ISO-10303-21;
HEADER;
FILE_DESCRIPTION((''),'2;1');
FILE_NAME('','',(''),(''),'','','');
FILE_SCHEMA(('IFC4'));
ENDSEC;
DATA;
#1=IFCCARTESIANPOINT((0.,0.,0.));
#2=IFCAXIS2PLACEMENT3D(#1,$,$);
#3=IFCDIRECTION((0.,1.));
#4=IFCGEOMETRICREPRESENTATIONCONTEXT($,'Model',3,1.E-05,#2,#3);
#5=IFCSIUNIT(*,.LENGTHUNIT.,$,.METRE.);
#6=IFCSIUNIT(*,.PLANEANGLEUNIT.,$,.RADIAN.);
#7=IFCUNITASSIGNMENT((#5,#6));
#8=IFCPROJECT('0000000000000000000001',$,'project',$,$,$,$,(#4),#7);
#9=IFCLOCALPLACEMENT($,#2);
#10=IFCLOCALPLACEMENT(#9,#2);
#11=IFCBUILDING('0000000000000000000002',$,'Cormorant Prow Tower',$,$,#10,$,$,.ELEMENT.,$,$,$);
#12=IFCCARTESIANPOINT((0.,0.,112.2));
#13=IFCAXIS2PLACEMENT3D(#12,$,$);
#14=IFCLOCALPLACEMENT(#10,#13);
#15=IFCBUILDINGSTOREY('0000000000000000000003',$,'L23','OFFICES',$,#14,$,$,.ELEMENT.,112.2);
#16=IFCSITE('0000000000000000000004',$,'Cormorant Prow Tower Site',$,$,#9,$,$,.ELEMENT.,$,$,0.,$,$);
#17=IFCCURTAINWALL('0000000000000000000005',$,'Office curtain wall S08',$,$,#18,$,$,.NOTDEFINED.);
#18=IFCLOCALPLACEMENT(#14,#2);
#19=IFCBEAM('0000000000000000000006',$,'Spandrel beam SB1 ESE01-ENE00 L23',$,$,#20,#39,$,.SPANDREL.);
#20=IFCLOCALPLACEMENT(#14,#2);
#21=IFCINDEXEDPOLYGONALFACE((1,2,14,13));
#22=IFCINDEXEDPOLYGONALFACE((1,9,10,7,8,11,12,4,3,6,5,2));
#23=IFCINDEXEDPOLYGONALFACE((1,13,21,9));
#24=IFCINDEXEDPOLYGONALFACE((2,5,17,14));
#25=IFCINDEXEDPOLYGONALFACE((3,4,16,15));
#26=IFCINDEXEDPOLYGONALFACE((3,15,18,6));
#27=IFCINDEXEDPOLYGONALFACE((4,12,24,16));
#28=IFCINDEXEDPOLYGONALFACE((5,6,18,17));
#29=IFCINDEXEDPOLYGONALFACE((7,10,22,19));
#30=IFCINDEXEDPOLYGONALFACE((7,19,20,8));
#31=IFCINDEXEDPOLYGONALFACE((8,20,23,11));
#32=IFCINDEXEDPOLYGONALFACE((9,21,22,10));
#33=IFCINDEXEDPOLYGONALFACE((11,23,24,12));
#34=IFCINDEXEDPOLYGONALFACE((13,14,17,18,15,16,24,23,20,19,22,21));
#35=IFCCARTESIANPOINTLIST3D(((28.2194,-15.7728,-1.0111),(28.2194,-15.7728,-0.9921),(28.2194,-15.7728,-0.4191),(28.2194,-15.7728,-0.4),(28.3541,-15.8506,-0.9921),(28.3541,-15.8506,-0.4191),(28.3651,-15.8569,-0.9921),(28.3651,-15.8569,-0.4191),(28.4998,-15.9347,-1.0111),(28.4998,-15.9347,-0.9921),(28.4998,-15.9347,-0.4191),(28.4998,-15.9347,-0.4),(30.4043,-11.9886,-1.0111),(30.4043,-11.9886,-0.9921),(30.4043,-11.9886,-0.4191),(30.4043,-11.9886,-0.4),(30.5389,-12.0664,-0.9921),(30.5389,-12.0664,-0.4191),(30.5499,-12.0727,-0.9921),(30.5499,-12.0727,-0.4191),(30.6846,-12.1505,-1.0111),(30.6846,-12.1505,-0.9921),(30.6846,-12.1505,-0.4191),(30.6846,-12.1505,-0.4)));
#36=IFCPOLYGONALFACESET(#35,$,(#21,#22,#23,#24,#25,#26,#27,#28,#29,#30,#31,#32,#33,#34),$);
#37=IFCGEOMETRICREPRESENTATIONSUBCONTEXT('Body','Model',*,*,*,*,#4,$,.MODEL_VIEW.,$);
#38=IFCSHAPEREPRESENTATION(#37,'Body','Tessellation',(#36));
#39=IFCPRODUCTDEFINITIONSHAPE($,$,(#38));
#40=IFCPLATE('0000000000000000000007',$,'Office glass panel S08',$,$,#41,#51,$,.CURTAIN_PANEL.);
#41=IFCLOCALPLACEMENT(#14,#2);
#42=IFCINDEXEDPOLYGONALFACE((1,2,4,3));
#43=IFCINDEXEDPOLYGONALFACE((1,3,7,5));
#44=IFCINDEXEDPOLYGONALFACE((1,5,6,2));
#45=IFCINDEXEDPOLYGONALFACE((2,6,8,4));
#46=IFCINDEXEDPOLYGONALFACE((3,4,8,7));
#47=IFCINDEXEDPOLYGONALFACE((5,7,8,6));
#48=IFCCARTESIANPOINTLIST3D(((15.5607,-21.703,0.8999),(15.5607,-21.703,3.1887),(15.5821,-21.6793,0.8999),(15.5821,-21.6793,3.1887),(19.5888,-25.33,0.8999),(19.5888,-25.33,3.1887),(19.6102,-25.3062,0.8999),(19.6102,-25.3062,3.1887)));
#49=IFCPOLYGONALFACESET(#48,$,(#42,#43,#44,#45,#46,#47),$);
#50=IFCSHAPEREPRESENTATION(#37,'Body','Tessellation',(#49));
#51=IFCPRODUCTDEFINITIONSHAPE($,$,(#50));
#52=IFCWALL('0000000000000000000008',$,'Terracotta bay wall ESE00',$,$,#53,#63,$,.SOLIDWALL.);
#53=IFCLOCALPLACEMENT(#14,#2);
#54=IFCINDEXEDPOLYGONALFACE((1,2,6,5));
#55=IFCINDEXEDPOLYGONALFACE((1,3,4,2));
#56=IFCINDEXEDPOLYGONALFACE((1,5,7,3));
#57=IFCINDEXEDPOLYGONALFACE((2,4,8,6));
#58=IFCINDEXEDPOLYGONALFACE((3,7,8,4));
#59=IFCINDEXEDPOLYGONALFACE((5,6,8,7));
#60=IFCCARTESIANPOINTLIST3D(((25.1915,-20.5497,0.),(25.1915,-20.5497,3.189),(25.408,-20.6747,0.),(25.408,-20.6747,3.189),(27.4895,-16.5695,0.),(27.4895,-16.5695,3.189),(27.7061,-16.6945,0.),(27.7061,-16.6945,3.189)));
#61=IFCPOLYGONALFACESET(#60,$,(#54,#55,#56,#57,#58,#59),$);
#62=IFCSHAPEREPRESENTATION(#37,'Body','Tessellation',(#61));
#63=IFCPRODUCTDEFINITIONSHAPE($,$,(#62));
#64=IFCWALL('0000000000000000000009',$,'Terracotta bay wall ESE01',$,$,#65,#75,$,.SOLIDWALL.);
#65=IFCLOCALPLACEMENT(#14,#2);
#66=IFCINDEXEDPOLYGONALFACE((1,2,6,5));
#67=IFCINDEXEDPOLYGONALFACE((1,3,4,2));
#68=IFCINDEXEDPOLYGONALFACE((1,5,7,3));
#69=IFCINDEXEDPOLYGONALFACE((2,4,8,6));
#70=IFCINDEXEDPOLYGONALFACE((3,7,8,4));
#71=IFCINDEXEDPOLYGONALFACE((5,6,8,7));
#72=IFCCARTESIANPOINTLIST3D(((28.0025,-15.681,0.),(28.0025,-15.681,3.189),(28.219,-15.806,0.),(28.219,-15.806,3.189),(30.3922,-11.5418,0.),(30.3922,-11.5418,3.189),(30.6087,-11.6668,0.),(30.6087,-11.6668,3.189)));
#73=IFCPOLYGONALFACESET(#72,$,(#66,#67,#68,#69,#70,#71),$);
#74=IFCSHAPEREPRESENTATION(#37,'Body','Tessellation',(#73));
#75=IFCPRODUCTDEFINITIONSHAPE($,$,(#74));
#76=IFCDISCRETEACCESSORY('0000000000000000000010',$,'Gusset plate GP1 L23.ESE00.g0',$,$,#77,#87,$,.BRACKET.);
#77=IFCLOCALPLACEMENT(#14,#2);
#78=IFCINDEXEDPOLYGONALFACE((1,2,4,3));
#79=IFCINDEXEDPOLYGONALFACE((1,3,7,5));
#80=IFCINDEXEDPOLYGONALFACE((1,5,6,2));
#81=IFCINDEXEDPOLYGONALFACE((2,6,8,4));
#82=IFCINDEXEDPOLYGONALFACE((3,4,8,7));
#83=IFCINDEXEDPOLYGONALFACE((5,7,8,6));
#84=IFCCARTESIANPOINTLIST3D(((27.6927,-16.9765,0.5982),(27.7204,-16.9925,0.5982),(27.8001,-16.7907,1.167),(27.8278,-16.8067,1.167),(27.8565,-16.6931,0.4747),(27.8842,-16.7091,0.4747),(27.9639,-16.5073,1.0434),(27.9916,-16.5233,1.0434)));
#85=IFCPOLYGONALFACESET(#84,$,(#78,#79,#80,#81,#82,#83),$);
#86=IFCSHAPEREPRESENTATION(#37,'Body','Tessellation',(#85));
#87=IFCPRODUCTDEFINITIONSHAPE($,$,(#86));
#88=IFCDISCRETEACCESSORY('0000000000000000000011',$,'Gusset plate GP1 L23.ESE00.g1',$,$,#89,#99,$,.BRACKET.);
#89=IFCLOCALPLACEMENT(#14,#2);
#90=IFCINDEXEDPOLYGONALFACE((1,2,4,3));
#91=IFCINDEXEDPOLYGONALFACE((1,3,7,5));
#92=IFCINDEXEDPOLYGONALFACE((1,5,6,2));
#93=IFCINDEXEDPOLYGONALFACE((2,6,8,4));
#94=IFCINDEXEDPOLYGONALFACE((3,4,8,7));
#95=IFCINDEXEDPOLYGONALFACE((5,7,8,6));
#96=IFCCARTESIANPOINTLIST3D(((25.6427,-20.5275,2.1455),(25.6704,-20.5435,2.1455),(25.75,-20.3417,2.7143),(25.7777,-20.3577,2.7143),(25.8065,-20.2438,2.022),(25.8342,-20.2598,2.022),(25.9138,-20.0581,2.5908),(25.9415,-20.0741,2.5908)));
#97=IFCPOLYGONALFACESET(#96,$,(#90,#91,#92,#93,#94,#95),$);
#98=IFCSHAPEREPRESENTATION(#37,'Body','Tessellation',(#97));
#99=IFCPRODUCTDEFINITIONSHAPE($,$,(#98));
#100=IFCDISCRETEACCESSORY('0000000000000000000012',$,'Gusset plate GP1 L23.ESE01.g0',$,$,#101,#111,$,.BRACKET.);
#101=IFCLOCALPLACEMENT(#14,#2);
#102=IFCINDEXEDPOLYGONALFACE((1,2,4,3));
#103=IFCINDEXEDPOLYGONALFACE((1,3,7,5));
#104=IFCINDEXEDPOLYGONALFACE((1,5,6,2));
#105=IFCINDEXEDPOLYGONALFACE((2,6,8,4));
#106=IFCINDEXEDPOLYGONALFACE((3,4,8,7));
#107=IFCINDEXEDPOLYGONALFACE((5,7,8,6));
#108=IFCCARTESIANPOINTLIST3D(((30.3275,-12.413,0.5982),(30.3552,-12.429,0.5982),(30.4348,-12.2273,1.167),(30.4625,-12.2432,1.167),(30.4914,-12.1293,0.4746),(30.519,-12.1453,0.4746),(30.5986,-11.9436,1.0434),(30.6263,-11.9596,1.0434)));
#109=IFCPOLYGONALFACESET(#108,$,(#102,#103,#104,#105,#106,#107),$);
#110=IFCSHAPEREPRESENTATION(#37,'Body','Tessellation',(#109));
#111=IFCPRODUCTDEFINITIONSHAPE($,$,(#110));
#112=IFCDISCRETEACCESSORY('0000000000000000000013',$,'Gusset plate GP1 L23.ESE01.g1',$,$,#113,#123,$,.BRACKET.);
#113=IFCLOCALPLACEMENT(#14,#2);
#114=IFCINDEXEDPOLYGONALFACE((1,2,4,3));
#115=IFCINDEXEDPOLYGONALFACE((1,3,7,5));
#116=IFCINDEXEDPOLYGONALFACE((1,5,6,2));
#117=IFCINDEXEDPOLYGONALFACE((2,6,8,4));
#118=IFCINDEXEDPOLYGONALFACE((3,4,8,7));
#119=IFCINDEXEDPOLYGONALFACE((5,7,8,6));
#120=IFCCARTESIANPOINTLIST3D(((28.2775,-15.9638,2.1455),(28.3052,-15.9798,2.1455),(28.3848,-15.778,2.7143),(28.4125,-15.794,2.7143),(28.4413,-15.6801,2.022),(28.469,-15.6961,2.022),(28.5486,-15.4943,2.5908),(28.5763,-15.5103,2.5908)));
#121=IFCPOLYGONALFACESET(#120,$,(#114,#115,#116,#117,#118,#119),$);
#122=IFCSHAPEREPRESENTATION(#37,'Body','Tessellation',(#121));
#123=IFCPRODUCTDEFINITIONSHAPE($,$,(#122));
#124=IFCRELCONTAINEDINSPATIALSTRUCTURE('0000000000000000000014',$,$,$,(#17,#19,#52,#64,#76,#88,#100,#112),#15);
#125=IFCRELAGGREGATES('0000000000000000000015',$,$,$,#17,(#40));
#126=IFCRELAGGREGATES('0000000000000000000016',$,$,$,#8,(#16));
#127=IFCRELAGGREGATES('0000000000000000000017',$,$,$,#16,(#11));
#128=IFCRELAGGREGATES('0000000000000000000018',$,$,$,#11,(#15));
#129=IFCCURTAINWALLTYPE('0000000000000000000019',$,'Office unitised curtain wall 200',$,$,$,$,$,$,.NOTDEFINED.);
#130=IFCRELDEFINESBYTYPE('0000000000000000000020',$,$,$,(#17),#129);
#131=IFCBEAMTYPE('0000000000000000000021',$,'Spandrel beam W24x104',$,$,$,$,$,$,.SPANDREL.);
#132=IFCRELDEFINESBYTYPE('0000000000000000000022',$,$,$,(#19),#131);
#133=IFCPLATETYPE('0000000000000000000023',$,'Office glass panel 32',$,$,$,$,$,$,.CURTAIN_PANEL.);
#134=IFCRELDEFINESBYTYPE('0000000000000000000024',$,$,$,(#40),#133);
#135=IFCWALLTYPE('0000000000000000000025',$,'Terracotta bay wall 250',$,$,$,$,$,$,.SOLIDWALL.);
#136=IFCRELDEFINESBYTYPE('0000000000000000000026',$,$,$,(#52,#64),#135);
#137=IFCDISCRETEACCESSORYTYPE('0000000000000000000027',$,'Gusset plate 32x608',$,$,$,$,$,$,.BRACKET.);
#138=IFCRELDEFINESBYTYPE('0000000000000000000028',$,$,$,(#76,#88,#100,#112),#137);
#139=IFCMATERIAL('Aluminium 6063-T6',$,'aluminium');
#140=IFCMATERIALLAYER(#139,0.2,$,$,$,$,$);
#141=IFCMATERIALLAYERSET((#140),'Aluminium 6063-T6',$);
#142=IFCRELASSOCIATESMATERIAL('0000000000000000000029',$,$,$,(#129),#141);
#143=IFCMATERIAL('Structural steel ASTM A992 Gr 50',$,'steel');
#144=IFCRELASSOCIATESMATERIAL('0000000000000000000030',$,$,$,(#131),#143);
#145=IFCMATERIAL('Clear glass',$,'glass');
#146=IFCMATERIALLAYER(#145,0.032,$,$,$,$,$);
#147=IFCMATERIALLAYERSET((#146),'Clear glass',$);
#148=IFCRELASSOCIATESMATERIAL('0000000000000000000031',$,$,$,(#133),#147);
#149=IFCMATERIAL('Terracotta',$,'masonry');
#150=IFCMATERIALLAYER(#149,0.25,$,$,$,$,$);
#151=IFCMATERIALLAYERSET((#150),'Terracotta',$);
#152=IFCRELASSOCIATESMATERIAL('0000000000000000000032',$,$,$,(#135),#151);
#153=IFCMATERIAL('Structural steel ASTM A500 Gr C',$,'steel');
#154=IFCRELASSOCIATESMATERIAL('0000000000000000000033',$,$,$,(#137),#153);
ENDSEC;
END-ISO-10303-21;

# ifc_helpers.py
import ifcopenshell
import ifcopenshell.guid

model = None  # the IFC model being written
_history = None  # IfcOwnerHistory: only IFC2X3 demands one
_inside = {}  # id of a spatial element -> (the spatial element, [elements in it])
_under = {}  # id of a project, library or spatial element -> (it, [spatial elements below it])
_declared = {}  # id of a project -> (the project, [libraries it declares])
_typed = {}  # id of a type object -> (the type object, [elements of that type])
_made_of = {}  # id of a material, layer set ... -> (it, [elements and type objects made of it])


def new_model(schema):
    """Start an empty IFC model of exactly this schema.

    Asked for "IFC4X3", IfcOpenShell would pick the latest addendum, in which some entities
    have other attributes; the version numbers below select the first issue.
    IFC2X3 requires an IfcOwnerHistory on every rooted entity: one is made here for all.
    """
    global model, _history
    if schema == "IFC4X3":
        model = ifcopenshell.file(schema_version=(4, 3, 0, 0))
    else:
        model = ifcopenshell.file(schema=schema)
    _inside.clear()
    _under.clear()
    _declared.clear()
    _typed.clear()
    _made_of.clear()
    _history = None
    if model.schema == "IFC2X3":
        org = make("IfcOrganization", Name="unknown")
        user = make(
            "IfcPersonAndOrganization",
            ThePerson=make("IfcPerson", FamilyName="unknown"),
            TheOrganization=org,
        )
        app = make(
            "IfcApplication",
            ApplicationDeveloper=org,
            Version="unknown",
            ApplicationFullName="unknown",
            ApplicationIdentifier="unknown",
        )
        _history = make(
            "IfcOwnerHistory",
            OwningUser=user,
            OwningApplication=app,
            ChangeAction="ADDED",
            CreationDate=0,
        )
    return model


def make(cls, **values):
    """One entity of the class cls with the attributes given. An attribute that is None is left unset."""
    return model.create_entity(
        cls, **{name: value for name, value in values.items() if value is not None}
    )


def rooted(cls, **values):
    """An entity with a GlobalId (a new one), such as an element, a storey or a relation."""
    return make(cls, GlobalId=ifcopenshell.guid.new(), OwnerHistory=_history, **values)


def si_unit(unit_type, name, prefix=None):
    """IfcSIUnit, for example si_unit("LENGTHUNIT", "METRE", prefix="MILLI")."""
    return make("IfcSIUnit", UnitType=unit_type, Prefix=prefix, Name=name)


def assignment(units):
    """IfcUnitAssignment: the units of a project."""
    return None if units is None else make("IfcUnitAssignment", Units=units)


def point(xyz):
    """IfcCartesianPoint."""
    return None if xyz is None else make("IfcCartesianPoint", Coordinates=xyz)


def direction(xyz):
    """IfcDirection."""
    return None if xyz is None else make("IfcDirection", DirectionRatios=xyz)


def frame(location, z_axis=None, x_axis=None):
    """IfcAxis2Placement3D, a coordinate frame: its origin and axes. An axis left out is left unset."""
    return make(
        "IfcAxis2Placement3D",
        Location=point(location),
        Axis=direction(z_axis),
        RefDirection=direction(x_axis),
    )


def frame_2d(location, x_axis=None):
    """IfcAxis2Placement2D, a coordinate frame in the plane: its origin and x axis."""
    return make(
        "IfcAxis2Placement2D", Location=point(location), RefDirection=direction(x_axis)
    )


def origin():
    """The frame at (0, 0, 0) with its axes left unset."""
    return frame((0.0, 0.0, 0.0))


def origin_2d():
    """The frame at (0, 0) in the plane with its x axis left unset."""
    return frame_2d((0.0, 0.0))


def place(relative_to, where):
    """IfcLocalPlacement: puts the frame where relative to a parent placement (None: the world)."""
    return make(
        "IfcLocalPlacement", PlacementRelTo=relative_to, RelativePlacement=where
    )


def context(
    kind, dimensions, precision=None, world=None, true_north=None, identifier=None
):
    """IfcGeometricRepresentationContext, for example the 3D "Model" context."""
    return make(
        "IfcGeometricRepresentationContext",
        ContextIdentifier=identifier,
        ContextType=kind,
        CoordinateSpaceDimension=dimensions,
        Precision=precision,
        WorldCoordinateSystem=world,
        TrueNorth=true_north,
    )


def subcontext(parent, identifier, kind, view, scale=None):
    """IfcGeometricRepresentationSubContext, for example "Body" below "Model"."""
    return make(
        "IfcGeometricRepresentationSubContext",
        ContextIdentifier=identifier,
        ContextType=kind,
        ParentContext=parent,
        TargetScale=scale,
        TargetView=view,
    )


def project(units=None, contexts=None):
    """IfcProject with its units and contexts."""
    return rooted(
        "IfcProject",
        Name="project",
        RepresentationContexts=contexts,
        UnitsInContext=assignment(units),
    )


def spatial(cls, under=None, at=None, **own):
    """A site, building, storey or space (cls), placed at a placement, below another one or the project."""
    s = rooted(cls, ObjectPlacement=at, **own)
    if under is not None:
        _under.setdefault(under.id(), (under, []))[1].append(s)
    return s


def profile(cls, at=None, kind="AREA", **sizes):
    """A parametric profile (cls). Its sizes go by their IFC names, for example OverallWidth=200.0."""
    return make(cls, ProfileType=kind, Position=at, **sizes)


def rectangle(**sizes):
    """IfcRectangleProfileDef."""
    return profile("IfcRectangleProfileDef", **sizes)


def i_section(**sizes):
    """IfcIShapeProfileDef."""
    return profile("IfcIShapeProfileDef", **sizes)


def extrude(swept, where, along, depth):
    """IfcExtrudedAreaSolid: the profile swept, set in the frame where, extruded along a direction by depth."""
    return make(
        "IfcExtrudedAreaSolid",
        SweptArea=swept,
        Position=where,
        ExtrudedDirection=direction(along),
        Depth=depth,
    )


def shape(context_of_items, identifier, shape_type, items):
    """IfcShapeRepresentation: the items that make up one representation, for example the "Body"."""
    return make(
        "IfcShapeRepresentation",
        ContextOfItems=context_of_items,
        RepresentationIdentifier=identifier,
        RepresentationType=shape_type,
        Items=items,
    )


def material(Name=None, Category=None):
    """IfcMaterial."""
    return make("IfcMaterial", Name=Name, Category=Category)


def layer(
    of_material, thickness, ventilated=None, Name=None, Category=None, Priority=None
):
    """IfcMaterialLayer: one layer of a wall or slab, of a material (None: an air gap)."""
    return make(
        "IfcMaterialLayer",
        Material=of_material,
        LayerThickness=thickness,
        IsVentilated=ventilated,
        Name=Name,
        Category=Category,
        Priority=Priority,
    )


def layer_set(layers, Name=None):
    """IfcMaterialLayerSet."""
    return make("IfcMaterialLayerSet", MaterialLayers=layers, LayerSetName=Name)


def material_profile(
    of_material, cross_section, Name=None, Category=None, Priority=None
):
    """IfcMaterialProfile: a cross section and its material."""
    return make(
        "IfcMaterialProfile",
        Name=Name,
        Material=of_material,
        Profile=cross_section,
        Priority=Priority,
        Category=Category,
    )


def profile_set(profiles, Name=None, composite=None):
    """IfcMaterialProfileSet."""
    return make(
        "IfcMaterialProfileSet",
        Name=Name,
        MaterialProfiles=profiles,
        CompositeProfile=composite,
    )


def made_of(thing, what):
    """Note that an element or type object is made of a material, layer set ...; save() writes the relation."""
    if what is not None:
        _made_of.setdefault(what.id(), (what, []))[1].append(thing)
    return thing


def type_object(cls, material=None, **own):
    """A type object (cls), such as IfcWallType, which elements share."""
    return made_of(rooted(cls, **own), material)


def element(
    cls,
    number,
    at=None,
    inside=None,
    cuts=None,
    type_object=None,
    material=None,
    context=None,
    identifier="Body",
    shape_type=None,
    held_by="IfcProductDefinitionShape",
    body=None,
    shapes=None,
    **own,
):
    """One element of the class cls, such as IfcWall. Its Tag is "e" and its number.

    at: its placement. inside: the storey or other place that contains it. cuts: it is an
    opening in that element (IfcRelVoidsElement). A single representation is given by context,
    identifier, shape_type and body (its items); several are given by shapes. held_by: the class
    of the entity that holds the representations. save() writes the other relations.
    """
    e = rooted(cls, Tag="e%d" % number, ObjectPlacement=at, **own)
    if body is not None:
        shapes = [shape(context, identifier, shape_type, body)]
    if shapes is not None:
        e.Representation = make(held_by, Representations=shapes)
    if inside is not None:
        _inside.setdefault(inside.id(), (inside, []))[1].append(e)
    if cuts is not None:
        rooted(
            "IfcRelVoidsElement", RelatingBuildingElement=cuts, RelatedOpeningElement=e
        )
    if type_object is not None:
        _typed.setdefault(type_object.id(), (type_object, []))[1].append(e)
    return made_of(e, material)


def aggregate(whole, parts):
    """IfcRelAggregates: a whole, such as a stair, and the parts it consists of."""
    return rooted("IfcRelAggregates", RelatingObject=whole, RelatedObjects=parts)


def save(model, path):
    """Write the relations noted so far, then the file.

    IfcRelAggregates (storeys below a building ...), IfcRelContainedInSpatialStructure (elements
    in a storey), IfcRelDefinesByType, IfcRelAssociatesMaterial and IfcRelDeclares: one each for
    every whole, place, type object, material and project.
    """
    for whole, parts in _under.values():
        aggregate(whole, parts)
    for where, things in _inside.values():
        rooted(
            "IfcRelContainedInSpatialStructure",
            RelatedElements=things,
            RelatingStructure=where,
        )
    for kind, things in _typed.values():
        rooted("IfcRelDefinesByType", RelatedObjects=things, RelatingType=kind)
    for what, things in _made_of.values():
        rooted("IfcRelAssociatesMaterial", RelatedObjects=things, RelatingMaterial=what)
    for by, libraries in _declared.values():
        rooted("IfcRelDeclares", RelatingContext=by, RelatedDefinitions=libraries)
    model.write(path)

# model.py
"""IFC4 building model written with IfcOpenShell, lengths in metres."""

from ifc_helpers import new_model, si_unit, direction, frame, frame_2d, origin, origin_2d, place, context, subcontext, project, spatial, rectangle, i_section, extrude, material, layer, layer_set, material_profile, profile_set, type_object, element, aggregate, save


model = new_model("IFC4")

# Units and contexts
model_context = context("Model", 3, precision=1e-05, world=origin(), true_north=direction((0.0, 1.0)))
body_context = subcontext(model_context, "Body", "Model", "MODEL_VIEW")
ifc_project = project(units=[si_unit("LENGTHUNIT", "METRE"), si_unit("PLANEANGLEUNIT", "RADIAN")], contexts=[model_context])

# Site, building, storey
site_placement = place(None, origin())
site = spatial("IfcSite", under=ifc_project, at=site_placement, Name="Cormorant Prow Tower Site", CompositionType="ELEMENT", RefElevation=0.0)
building_placement = place(site_placement, origin())
building = spatial("IfcBuilding", under=site, at=building_placement, Name="Cormorant Prow Tower", CompositionType="ELEMENT")
storey_placement = place(building_placement, frame((0.0, 0.0, 112.2)))
storey = spatial("IfcBuildingStorey", under=building, at=storey_placement, Name="L23", Description="OFFICES", CompositionType="ELEMENT", Elevation=112.2)

# Curtain wall
ifc_material_1 = material(Name="Aluminium 6063-T6", Category="aluminium")
ifc_layer_1 = layer(ifc_material_1, 0.2)
ifc_layer_set_1 = layer_set([ifc_layer_1], Name="Aluminium 6063-T6")
curtain_wall_type = type_object("IfcCurtainWallType", Name="Office unitised curtain wall 200", PredefinedType="NOTDEFINED", material=ifc_layer_set_1)
curtain_wall_placement = place(storey_placement, origin())
curtain_wall = element("IfcCurtainWall", 1, at=curtain_wall_placement, inside=storey, type_object=curtain_wall_type, Name="Office curtain wall S08", PredefinedType="NOTDEFINED")

# Beam
ifc_material_2 = material(Name="Structural steel ASTM A992 Gr 50", Category="steel")
ifc_material_profile_1 = material_profile(ifc_material_2, i_section(OverallWidth=0.3237, OverallDepth=0.6111, WebThickness=0.0127, FlangeThickness=0.019, at=origin_2d()), Name="W24x104")
ifc_profile_set_1 = profile_set([ifc_material_profile_1], Name="Structural steel ASTM A992 Gr 50")
beam_type_1 = type_object("IfcBeamType", Name="Spandrel beam W24x104", PredefinedType="SPANDREL", material=ifc_profile_set_1)
for number, where, z_axis, x_axis, name in (
    (2, (28.3596, -15.8538, -0.7056), (0.500003, 0.866024, 0.0), (-0.866024, 0.500003, 0.0), "Spandrel beam SB1 ESE01-ENE00 L23"),
):
    element("IfcBeam", number, at=place(storey_placement, frame(where, z_axis=z_axis, x_axis=x_axis)), inside=storey, type_object=beam_type_1, Name=name, PredefinedType="SPANDREL", context=body_context, shape_type="SweptSolid", body=[
        extrude(i_section(OverallWidth=0.3237, OverallDepth=0.6111, WebThickness=0.0127, FlangeThickness=0.019, at=origin_2d()), origin(), (0.0, 0.0, 1.0), 4.3696),
    ])

# Plate
ifc_material_3 = material(Name="Clear glass", Category="glass")
ifc_layer_2 = layer(ifc_material_3, 0.032)
ifc_layer_set_2 = layer_set([ifc_layer_2], Name="Clear glass")
plate_type = type_object("IfcPlateType", Name="Office glass panel 32", PredefinedType="CURTAIN_PANEL", material=ifc_layer_set_2)
plate_placement = place(storey_placement, frame((17.5854, -23.5046, 0.8999), z_axis=(0.0, 0.0, 1.0), x_axis=(0.743145, -0.669131, 0.0)))
plate = element("IfcPlate", 3, at=plate_placement, type_object=plate_type, Name="Office glass panel S08", PredefinedType="CURTAIN_PANEL", context=body_context, shape_type="SweptSolid", body=[
    extrude(rectangle(XDim=5.4204, YDim=0.032, at=origin_2d()), origin(), (0.0, 0.0, 1.0), 2.2888),
])
aggregate(curtain_wall, [plate])

# Walls
ifc_material_4 = material(Name="Terracotta", Category="masonry")
ifc_layer_3 = layer(ifc_material_4, 0.25)
ifc_layer_set_3 = layer_set([ifc_layer_3], Name="Terracotta")
wall_type_1 = type_object("IfcWallType", Name="Terracotta bay wall 250", PredefinedType="SOLIDWALL", material=ifc_layer_set_3)
wall_1_placement = place(storey_placement, frame((25.2998, -20.6121, 0.0), z_axis=(0.0, 0.0, 1.0), x_axis=(0.500018, 0.866015, 0.0)))
element("IfcWall", 4, at=wall_1_placement, inside=storey, type_object=wall_type_1, Name="Terracotta bay wall ESE00", PredefinedType="SOLIDWALL", context=body_context, shape_type="SweptSolid", body=[
    extrude(rectangle(XDim=4.5959, YDim=0.25, at=frame_2d((2.2979, 0.0))), origin(), (0.0, 0.0, 1.0), 3.189),
])
wall_2_placement = place(storey_placement, frame((28.1108, -15.7434, 0.0), z_axis=(0.0, 0.0, 1.0), x_axis=(0.499985, 0.866034, 0.0)))
element("IfcWall", 5, at=wall_2_placement, inside=storey, type_object=wall_type_1, Name="Terracotta bay wall ESE01", PredefinedType="SOLIDWALL", context=body_context, shape_type="SweptSolid", body=[
    extrude(rectangle(XDim=4.7795, YDim=0.25, at=frame_2d((2.3896, 0.0))), origin(), (0.0, 0.0, 1.0), 3.189),
])

# Discrete accessories
ifc_material_5 = material(Name="Structural steel ASTM A500 Gr C", Category="steel")
ifc_material_profile_2 = material_profile(ifc_material_5, rectangle(XDim=0.032, YDim=0.6079, at=origin_2d()), Name="Gusset plate 32x608")
ifc_profile_set_2 = profile_set([ifc_material_profile_2], Name="Structural steel ASTM A500 Gr C")
discrete_accessory_type = type_object("IfcDiscreteAccessoryType", Name="Gusset plate 32x608", PredefinedType="BRACKET", material=ifc_profile_set_2)
discrete_accessory_placement = place(storey_placement, frame((27.7603, -16.8916, 0.8826), z_axis=(0.468168, 0.810049, -0.353044), x_axis=(-0.8658, 0.500389, 0.0)))
element("IfcDiscreteAccessory", 6, at=discrete_accessory_placement, inside=storey, type_object=discrete_accessory_type, Name="Gusset plate GP1 L23.ESE00.g0", PredefinedType="BRACKET", context=body_context, shape_type="SweptSolid", body=[
    extrude(rectangle(XDim=0.032, YDim=0.6079, at=origin_2d()), origin(), (0.0, 0.0, 1.0), 0.3499),
])
for number, where, z_axis, x_axis, name in (
    (7, (25.874, -20.1589, 2.3064), (-0.467903, -0.810288, 0.352845), (0.865987, -0.500067, 0.0), "Gusset plate GP1 L23.ESE00.g1"),
    (8, (30.395, -12.3281, 0.8826), (0.467903, 0.810288, -0.352845), (-0.865987, 0.500067, 0.0), "Gusset plate GP1 L23.ESE01.g0"),
    (9, (28.5088, -15.5952, 2.3064), (-0.467903, -0.810288, 0.352845), (0.865987, -0.500067, 0.0), "Gusset plate GP1 L23.ESE01.g1"),
):
    element("IfcDiscreteAccessory", number, at=place(storey_placement, frame(where, z_axis=z_axis, x_axis=x_axis)), inside=storey, type_object=discrete_accessory_type, Name=name, PredefinedType="BRACKET", context=body_context, shape_type="SweptSolid", body=[
        extrude(rectangle(XDim=0.032, YDim=0.6079, at=origin_2d()), origin(), (0.0, 0.0, 1.0), 0.3501),
    ])

save(model, "model.ifc")
